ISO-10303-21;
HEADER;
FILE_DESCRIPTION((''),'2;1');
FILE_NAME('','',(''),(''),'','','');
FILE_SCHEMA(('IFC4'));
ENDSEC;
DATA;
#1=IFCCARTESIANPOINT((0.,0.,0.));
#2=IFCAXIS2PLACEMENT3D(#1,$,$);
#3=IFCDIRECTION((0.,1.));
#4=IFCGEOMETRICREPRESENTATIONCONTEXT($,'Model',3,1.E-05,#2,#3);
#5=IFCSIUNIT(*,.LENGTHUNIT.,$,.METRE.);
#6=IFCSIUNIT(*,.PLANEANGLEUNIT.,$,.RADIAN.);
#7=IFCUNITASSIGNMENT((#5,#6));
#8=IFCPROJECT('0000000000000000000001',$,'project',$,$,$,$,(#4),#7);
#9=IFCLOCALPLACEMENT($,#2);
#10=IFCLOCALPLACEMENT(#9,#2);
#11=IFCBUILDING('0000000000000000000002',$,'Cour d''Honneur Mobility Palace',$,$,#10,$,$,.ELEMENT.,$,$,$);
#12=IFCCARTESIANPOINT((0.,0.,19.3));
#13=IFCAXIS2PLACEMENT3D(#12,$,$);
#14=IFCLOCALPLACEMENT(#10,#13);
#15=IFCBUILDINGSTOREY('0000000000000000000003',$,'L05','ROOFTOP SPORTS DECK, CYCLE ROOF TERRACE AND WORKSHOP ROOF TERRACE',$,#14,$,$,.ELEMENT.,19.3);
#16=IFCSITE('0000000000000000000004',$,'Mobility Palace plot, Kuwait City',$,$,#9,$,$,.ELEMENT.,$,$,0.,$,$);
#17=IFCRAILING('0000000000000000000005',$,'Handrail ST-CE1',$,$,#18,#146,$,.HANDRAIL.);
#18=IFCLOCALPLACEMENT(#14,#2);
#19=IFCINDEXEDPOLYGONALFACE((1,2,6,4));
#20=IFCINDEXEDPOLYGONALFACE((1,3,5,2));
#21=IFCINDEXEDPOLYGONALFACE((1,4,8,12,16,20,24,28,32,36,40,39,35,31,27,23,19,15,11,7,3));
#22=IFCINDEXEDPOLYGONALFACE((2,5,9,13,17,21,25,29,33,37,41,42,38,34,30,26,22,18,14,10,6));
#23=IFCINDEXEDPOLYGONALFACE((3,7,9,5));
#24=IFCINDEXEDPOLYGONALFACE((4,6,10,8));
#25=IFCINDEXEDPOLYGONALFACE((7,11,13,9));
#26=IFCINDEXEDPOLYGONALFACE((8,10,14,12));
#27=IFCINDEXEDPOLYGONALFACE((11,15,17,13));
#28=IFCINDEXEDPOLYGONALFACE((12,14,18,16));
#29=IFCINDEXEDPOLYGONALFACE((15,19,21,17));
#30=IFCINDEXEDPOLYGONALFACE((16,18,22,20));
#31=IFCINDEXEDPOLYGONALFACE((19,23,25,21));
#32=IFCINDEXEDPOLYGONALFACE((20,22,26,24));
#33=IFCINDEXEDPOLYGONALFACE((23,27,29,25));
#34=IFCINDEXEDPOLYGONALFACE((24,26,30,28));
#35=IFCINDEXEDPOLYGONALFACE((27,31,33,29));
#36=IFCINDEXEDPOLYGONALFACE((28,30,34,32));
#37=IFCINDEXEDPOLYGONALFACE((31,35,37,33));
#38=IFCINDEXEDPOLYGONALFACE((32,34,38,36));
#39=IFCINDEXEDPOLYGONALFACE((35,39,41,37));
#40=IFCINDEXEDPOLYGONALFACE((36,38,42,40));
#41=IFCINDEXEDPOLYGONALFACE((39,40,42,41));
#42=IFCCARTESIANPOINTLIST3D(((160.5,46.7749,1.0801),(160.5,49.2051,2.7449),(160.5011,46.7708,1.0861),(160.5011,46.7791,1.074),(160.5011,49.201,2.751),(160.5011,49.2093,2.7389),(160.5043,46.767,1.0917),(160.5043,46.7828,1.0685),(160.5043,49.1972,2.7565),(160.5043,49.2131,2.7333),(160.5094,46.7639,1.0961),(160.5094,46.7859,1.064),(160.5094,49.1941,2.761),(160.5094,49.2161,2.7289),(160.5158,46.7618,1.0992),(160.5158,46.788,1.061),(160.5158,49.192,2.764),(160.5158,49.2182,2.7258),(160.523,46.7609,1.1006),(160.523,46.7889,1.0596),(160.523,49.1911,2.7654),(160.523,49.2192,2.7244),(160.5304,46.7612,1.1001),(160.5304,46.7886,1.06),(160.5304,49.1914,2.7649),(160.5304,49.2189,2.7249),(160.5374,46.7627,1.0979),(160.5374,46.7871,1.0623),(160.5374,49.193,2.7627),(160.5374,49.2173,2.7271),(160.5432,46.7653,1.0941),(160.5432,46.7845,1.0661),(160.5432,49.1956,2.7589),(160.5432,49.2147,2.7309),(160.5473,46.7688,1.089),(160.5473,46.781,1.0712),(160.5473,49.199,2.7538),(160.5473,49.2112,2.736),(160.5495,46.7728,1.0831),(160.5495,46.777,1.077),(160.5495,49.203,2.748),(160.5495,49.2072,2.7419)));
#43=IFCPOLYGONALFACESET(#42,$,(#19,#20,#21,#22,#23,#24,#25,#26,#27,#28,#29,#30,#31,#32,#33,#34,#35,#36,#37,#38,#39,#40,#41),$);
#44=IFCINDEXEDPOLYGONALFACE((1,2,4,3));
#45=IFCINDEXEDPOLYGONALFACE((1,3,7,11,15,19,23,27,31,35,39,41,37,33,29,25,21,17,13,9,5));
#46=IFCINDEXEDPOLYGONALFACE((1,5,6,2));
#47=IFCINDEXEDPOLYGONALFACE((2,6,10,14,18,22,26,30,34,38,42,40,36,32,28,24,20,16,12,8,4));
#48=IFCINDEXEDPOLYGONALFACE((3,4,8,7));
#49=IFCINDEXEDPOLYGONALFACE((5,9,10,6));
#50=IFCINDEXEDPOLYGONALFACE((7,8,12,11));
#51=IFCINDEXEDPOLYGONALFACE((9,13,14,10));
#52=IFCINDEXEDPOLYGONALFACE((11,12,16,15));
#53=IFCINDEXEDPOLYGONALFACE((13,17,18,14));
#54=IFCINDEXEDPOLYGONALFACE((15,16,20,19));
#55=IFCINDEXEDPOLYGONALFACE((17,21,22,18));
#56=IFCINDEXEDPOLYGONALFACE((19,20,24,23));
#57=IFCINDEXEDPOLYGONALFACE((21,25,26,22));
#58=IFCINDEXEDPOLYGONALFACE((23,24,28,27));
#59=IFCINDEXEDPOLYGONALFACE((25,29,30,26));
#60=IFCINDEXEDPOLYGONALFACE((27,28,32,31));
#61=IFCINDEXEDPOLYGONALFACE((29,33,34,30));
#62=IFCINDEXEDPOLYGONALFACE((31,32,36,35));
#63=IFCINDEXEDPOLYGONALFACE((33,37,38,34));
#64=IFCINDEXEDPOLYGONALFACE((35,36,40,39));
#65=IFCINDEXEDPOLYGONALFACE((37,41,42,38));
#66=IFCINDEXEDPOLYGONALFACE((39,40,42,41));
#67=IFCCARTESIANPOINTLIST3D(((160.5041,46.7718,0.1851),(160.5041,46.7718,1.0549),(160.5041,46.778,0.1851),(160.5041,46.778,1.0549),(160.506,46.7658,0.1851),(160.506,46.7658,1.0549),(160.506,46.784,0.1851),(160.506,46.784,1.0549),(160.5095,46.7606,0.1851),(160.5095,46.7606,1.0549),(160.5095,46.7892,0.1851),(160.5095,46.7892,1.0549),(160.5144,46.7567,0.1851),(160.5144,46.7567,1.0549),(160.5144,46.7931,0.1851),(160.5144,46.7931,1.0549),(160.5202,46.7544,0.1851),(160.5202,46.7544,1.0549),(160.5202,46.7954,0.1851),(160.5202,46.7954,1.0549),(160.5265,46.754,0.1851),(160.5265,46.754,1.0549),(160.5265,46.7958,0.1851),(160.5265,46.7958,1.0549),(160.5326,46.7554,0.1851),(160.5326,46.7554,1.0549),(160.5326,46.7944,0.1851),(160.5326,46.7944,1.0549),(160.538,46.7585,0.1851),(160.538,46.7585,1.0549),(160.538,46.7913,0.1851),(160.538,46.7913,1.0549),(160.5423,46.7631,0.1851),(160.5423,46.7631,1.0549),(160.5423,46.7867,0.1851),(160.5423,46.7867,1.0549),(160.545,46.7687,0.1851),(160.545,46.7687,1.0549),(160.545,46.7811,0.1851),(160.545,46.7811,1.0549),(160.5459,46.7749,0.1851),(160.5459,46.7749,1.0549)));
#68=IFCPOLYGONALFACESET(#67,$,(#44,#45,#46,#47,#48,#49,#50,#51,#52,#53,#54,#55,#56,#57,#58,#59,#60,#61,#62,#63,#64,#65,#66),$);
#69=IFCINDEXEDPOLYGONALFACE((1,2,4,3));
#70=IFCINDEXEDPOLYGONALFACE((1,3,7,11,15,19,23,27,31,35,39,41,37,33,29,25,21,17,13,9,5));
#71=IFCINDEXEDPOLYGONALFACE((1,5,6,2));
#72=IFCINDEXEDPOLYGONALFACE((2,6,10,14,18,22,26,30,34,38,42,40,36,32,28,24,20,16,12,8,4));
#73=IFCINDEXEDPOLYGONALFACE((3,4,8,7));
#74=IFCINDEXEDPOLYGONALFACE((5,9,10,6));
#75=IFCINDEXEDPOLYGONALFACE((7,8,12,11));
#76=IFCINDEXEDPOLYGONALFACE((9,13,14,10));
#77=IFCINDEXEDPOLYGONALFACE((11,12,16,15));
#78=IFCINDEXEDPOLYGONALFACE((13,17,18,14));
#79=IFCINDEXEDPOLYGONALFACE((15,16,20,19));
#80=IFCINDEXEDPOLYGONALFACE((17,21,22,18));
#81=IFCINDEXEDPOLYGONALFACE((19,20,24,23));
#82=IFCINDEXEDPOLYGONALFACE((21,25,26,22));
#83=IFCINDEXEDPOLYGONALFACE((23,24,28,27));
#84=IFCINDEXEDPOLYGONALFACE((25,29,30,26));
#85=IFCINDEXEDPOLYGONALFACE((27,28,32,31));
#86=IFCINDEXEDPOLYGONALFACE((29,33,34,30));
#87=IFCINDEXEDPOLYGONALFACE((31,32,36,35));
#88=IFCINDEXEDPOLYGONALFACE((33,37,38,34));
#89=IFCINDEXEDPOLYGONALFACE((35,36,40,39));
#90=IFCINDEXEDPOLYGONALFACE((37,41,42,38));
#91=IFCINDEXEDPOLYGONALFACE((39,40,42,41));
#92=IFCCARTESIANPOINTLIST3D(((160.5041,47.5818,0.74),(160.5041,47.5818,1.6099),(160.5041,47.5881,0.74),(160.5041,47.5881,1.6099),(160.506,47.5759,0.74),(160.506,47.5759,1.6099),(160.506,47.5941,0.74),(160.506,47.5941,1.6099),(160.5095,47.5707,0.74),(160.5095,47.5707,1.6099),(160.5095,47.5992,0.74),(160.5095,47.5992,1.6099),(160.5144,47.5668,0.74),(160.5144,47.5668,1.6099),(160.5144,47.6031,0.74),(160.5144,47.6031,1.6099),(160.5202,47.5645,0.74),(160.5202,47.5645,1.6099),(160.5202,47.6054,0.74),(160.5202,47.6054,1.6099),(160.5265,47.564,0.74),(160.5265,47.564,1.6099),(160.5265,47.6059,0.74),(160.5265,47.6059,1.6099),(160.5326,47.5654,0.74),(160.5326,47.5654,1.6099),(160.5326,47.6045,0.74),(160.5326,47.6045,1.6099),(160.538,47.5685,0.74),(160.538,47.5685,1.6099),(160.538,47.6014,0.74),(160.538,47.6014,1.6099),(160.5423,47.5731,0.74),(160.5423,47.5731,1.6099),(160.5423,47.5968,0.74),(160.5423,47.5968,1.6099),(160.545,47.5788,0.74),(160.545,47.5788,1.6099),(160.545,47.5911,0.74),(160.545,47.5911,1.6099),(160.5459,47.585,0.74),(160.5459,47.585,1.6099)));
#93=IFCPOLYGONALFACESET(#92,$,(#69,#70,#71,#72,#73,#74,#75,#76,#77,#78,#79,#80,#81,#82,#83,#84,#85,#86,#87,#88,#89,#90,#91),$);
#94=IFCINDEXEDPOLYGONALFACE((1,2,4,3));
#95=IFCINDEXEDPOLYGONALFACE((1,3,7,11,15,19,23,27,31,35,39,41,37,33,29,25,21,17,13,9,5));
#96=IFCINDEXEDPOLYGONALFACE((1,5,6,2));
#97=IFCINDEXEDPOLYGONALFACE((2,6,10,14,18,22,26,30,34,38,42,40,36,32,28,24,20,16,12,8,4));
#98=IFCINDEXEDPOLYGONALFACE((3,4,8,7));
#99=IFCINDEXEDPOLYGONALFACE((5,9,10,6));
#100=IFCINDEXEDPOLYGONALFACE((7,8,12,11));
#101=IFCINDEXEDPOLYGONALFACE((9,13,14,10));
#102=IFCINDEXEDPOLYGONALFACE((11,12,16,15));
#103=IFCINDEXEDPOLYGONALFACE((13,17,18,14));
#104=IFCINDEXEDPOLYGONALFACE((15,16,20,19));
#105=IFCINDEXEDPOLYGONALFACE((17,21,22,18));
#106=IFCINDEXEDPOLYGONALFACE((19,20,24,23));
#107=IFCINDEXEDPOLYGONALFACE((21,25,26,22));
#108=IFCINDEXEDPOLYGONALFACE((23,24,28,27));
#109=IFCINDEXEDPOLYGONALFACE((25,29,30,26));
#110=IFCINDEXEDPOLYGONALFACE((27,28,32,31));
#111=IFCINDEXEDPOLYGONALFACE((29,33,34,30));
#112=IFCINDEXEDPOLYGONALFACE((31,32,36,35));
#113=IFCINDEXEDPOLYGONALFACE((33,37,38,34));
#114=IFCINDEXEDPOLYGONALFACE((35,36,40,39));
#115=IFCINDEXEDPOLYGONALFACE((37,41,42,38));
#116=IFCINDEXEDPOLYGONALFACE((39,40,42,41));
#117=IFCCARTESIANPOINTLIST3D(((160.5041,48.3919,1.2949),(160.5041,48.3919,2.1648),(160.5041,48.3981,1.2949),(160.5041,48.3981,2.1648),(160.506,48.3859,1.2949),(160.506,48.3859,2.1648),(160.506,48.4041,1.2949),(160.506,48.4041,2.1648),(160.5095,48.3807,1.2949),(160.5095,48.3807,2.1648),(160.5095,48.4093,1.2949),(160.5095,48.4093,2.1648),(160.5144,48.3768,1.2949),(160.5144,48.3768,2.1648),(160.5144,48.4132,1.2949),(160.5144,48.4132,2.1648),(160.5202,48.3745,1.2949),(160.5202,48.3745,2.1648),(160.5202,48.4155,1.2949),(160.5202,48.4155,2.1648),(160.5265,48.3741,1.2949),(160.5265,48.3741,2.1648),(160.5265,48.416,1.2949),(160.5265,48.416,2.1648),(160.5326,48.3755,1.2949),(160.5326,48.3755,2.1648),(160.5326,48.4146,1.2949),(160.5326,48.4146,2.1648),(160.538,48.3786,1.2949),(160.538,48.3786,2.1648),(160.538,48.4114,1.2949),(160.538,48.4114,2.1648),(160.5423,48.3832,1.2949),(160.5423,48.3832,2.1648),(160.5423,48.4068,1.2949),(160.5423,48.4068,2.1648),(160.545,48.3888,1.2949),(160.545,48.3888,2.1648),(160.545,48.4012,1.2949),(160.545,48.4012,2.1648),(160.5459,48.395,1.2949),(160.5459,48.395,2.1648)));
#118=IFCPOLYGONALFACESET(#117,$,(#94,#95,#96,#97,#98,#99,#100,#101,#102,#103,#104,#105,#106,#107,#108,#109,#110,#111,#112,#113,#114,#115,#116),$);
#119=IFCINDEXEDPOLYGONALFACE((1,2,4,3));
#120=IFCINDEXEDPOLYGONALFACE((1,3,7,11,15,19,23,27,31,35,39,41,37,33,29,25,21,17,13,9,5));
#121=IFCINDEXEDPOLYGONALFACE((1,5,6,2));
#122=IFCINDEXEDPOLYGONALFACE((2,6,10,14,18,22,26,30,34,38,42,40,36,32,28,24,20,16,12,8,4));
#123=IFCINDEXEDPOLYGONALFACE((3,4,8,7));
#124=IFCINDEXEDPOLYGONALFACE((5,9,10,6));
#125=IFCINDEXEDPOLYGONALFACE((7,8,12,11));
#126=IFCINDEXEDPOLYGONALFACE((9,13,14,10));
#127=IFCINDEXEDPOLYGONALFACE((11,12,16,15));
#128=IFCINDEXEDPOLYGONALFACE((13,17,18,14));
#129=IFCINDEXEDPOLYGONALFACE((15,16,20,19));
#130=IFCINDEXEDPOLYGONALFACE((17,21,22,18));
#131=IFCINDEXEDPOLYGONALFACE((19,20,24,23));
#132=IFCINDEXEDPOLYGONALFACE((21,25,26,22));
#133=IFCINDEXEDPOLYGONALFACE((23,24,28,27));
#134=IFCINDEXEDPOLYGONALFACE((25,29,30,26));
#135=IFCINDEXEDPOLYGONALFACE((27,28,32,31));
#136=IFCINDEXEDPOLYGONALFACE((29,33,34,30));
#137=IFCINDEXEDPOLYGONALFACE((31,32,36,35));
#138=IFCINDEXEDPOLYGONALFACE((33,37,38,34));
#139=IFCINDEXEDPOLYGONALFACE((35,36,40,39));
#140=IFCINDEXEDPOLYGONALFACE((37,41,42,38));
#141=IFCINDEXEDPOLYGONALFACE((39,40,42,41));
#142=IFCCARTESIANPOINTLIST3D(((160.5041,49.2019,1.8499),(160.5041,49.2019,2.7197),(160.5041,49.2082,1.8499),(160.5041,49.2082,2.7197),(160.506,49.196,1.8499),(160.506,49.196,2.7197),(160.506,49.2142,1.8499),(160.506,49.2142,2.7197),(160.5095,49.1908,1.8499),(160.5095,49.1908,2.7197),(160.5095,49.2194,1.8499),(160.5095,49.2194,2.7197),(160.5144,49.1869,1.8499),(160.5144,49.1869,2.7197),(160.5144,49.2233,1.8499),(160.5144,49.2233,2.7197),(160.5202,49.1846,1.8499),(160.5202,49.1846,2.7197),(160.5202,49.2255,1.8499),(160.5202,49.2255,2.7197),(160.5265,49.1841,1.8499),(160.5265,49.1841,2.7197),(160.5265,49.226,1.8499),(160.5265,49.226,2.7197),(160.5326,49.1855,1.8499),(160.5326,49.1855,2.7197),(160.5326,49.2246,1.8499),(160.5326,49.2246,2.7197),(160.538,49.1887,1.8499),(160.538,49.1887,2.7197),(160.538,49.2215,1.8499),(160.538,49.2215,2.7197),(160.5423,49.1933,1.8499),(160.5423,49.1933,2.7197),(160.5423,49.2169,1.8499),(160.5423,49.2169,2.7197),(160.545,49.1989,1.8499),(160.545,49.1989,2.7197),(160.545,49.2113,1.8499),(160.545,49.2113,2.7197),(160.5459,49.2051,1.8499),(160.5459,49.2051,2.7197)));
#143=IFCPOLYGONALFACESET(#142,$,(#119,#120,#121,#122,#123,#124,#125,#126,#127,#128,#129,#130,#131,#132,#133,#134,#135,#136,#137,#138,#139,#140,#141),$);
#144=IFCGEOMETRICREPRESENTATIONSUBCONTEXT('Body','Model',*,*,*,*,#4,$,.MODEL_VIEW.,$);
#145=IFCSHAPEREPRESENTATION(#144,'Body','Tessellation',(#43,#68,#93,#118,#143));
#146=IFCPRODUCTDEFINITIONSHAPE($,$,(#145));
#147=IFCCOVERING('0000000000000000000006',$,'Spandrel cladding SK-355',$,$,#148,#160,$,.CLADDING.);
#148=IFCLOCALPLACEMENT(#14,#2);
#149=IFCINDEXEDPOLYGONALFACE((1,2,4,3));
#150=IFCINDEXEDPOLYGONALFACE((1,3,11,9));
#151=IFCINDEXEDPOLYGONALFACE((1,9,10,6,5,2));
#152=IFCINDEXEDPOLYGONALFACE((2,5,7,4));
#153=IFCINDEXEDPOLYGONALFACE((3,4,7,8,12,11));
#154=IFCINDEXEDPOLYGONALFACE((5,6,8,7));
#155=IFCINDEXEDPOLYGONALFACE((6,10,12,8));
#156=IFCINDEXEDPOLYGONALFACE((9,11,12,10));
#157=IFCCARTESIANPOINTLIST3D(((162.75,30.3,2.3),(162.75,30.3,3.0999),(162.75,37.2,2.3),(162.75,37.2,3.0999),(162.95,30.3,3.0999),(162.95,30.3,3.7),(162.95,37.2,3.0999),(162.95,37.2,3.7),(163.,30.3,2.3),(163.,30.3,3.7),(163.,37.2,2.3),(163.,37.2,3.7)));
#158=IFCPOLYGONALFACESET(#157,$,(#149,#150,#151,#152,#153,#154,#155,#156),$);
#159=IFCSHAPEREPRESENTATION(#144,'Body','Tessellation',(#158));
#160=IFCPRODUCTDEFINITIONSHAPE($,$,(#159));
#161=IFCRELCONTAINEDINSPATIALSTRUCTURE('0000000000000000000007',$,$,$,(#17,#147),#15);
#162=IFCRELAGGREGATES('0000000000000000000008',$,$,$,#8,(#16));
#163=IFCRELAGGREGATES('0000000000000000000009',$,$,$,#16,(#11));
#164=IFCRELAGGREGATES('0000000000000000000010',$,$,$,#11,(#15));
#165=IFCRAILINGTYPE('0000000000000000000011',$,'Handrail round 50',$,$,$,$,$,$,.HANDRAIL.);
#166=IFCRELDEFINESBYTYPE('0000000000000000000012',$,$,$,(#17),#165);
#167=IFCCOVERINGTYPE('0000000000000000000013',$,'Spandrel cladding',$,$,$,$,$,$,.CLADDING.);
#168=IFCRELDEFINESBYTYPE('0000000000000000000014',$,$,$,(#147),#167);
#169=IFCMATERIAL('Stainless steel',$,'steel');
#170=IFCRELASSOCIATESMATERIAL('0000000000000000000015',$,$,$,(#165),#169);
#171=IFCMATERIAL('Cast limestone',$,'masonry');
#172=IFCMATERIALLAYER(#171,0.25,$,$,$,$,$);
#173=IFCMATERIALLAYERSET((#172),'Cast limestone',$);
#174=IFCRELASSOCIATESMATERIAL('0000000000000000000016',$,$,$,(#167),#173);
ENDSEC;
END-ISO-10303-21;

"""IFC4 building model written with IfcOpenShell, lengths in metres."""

from ifc_helpers import new_model, si_unit, direction, frame, origin, origin_2d, place, context, subcontext, project, spatial, polyline, circle, outline, extrude, material, layer, layer_set, type_object, element, save


model = new_model("IFC4")

# Units and contexts
model_context = context("Model", 3, precision=1e-05, world=origin(), true_north=direction((0.0, 1.0)))
body_context = subcontext(model_context, "Body", "Model", "MODEL_VIEW")
ifc_project = project(units=[si_unit("LENGTHUNIT", "METRE"), si_unit("PLANEANGLEUNIT", "RADIAN")], contexts=[model_context])

# Site, building, storey
site_placement = place(None, origin())
site = spatial("IfcSite", under=ifc_project, at=site_placement, Name="Mobility Palace plot, Kuwait City", CompositionType="ELEMENT", RefElevation=0.0)
building_placement = place(site_placement, origin())
building = spatial("IfcBuilding", under=site, at=building_placement, Name="Cour d'Honneur Mobility Palace", CompositionType="ELEMENT")
storey_placement = place(building_placement, frame((0.0, 0.0, 19.3)))
storey = spatial("IfcBuildingStorey", under=building, at=storey_placement, Name="L05", Description="ROOFTOP SPORTS DECK, CYCLE ROOF TERRACE AND WORKSHOP ROOF TERRACE", CompositionType="ELEMENT", Elevation=19.3)

# Railing
ifc_material_1 = material(Name="Stainless steel", Category="steel")
railing_type_1 = type_object("IfcRailingType", Name="Handrail round 50", PredefinedType="HANDRAIL", material=ifc_material_1)
for number, where, name in (
    (1, (160.5249, 46.7749, 0.1851), "Handrail ST-CE1"),
):
    element("IfcRailing", number, at=place(storey_placement, frame(where)), inside=storey, type_object=railing_type_1, Name=name, PredefinedType="HANDRAIL", context=body_context, shape_type="SweptSolid", body=[
        extrude(circle(Radius=0.0249, at=origin_2d()), frame((0.0, 0.0, 0.895), z_axis=(0.0, 0.824984, 0.565156), x_axis=(-1.0, 0.0, 0.0)), (0.0, 0.0, 1.0), 2.9458),
        extrude(circle(Radius=0.021, at=origin_2d()), origin(), (0.0, 0.0, 1.0), 0.8699),
        extrude(circle(Radius=0.021, at=origin_2d()), frame((0.0, 0.8101, 0.5549)), (0.0, 0.0, 1.0), 0.8699),
        extrude(circle(Radius=0.021, at=origin_2d()), frame((0.0, 1.6201, 1.1099)), (0.0, 0.0, 1.0), 0.8699),
        extrude(circle(Radius=0.021, at=origin_2d()), frame((0.0, 2.4302, 1.6648)), (0.0, 0.0, 1.0), 0.8699),
    ])

# Covering
ifc_material_2 = material(Name="Cast limestone", Category="masonry")
ifc_layer_1 = layer(ifc_material_2, 0.25)
ifc_layer_set_1 = layer_set([ifc_layer_1], Name="Cast limestone")
covering_type = type_object("IfcCoveringType", Name="Spandrel cladding", PredefinedType="CLADDING", material=ifc_layer_set_1)
covering_placement = place(storey_placement, frame((162.75, 30.3, 2.3), z_axis=(0.0, -1.0, 0.0), x_axis=(1.0, 0.0, 0.0)))
element("IfcCovering", 2, at=covering_placement, inside=storey, type_object=covering_type, Name="Spandrel cladding SK-355", PredefinedType="CLADDING", context=body_context, shape_type="SweptSolid", body=[
    extrude(outline(polyline([(0.0, 0.0), (0.25, 0.0), (0.25, 1.3999), (0.2, 1.3999), (0.2, 0.7998), (0.0, 0.7998), (0.0, 0.0)])), origin(), (0.0, 0.0, -1.0), 6.8999),
])

save(model, "model.ifc")
